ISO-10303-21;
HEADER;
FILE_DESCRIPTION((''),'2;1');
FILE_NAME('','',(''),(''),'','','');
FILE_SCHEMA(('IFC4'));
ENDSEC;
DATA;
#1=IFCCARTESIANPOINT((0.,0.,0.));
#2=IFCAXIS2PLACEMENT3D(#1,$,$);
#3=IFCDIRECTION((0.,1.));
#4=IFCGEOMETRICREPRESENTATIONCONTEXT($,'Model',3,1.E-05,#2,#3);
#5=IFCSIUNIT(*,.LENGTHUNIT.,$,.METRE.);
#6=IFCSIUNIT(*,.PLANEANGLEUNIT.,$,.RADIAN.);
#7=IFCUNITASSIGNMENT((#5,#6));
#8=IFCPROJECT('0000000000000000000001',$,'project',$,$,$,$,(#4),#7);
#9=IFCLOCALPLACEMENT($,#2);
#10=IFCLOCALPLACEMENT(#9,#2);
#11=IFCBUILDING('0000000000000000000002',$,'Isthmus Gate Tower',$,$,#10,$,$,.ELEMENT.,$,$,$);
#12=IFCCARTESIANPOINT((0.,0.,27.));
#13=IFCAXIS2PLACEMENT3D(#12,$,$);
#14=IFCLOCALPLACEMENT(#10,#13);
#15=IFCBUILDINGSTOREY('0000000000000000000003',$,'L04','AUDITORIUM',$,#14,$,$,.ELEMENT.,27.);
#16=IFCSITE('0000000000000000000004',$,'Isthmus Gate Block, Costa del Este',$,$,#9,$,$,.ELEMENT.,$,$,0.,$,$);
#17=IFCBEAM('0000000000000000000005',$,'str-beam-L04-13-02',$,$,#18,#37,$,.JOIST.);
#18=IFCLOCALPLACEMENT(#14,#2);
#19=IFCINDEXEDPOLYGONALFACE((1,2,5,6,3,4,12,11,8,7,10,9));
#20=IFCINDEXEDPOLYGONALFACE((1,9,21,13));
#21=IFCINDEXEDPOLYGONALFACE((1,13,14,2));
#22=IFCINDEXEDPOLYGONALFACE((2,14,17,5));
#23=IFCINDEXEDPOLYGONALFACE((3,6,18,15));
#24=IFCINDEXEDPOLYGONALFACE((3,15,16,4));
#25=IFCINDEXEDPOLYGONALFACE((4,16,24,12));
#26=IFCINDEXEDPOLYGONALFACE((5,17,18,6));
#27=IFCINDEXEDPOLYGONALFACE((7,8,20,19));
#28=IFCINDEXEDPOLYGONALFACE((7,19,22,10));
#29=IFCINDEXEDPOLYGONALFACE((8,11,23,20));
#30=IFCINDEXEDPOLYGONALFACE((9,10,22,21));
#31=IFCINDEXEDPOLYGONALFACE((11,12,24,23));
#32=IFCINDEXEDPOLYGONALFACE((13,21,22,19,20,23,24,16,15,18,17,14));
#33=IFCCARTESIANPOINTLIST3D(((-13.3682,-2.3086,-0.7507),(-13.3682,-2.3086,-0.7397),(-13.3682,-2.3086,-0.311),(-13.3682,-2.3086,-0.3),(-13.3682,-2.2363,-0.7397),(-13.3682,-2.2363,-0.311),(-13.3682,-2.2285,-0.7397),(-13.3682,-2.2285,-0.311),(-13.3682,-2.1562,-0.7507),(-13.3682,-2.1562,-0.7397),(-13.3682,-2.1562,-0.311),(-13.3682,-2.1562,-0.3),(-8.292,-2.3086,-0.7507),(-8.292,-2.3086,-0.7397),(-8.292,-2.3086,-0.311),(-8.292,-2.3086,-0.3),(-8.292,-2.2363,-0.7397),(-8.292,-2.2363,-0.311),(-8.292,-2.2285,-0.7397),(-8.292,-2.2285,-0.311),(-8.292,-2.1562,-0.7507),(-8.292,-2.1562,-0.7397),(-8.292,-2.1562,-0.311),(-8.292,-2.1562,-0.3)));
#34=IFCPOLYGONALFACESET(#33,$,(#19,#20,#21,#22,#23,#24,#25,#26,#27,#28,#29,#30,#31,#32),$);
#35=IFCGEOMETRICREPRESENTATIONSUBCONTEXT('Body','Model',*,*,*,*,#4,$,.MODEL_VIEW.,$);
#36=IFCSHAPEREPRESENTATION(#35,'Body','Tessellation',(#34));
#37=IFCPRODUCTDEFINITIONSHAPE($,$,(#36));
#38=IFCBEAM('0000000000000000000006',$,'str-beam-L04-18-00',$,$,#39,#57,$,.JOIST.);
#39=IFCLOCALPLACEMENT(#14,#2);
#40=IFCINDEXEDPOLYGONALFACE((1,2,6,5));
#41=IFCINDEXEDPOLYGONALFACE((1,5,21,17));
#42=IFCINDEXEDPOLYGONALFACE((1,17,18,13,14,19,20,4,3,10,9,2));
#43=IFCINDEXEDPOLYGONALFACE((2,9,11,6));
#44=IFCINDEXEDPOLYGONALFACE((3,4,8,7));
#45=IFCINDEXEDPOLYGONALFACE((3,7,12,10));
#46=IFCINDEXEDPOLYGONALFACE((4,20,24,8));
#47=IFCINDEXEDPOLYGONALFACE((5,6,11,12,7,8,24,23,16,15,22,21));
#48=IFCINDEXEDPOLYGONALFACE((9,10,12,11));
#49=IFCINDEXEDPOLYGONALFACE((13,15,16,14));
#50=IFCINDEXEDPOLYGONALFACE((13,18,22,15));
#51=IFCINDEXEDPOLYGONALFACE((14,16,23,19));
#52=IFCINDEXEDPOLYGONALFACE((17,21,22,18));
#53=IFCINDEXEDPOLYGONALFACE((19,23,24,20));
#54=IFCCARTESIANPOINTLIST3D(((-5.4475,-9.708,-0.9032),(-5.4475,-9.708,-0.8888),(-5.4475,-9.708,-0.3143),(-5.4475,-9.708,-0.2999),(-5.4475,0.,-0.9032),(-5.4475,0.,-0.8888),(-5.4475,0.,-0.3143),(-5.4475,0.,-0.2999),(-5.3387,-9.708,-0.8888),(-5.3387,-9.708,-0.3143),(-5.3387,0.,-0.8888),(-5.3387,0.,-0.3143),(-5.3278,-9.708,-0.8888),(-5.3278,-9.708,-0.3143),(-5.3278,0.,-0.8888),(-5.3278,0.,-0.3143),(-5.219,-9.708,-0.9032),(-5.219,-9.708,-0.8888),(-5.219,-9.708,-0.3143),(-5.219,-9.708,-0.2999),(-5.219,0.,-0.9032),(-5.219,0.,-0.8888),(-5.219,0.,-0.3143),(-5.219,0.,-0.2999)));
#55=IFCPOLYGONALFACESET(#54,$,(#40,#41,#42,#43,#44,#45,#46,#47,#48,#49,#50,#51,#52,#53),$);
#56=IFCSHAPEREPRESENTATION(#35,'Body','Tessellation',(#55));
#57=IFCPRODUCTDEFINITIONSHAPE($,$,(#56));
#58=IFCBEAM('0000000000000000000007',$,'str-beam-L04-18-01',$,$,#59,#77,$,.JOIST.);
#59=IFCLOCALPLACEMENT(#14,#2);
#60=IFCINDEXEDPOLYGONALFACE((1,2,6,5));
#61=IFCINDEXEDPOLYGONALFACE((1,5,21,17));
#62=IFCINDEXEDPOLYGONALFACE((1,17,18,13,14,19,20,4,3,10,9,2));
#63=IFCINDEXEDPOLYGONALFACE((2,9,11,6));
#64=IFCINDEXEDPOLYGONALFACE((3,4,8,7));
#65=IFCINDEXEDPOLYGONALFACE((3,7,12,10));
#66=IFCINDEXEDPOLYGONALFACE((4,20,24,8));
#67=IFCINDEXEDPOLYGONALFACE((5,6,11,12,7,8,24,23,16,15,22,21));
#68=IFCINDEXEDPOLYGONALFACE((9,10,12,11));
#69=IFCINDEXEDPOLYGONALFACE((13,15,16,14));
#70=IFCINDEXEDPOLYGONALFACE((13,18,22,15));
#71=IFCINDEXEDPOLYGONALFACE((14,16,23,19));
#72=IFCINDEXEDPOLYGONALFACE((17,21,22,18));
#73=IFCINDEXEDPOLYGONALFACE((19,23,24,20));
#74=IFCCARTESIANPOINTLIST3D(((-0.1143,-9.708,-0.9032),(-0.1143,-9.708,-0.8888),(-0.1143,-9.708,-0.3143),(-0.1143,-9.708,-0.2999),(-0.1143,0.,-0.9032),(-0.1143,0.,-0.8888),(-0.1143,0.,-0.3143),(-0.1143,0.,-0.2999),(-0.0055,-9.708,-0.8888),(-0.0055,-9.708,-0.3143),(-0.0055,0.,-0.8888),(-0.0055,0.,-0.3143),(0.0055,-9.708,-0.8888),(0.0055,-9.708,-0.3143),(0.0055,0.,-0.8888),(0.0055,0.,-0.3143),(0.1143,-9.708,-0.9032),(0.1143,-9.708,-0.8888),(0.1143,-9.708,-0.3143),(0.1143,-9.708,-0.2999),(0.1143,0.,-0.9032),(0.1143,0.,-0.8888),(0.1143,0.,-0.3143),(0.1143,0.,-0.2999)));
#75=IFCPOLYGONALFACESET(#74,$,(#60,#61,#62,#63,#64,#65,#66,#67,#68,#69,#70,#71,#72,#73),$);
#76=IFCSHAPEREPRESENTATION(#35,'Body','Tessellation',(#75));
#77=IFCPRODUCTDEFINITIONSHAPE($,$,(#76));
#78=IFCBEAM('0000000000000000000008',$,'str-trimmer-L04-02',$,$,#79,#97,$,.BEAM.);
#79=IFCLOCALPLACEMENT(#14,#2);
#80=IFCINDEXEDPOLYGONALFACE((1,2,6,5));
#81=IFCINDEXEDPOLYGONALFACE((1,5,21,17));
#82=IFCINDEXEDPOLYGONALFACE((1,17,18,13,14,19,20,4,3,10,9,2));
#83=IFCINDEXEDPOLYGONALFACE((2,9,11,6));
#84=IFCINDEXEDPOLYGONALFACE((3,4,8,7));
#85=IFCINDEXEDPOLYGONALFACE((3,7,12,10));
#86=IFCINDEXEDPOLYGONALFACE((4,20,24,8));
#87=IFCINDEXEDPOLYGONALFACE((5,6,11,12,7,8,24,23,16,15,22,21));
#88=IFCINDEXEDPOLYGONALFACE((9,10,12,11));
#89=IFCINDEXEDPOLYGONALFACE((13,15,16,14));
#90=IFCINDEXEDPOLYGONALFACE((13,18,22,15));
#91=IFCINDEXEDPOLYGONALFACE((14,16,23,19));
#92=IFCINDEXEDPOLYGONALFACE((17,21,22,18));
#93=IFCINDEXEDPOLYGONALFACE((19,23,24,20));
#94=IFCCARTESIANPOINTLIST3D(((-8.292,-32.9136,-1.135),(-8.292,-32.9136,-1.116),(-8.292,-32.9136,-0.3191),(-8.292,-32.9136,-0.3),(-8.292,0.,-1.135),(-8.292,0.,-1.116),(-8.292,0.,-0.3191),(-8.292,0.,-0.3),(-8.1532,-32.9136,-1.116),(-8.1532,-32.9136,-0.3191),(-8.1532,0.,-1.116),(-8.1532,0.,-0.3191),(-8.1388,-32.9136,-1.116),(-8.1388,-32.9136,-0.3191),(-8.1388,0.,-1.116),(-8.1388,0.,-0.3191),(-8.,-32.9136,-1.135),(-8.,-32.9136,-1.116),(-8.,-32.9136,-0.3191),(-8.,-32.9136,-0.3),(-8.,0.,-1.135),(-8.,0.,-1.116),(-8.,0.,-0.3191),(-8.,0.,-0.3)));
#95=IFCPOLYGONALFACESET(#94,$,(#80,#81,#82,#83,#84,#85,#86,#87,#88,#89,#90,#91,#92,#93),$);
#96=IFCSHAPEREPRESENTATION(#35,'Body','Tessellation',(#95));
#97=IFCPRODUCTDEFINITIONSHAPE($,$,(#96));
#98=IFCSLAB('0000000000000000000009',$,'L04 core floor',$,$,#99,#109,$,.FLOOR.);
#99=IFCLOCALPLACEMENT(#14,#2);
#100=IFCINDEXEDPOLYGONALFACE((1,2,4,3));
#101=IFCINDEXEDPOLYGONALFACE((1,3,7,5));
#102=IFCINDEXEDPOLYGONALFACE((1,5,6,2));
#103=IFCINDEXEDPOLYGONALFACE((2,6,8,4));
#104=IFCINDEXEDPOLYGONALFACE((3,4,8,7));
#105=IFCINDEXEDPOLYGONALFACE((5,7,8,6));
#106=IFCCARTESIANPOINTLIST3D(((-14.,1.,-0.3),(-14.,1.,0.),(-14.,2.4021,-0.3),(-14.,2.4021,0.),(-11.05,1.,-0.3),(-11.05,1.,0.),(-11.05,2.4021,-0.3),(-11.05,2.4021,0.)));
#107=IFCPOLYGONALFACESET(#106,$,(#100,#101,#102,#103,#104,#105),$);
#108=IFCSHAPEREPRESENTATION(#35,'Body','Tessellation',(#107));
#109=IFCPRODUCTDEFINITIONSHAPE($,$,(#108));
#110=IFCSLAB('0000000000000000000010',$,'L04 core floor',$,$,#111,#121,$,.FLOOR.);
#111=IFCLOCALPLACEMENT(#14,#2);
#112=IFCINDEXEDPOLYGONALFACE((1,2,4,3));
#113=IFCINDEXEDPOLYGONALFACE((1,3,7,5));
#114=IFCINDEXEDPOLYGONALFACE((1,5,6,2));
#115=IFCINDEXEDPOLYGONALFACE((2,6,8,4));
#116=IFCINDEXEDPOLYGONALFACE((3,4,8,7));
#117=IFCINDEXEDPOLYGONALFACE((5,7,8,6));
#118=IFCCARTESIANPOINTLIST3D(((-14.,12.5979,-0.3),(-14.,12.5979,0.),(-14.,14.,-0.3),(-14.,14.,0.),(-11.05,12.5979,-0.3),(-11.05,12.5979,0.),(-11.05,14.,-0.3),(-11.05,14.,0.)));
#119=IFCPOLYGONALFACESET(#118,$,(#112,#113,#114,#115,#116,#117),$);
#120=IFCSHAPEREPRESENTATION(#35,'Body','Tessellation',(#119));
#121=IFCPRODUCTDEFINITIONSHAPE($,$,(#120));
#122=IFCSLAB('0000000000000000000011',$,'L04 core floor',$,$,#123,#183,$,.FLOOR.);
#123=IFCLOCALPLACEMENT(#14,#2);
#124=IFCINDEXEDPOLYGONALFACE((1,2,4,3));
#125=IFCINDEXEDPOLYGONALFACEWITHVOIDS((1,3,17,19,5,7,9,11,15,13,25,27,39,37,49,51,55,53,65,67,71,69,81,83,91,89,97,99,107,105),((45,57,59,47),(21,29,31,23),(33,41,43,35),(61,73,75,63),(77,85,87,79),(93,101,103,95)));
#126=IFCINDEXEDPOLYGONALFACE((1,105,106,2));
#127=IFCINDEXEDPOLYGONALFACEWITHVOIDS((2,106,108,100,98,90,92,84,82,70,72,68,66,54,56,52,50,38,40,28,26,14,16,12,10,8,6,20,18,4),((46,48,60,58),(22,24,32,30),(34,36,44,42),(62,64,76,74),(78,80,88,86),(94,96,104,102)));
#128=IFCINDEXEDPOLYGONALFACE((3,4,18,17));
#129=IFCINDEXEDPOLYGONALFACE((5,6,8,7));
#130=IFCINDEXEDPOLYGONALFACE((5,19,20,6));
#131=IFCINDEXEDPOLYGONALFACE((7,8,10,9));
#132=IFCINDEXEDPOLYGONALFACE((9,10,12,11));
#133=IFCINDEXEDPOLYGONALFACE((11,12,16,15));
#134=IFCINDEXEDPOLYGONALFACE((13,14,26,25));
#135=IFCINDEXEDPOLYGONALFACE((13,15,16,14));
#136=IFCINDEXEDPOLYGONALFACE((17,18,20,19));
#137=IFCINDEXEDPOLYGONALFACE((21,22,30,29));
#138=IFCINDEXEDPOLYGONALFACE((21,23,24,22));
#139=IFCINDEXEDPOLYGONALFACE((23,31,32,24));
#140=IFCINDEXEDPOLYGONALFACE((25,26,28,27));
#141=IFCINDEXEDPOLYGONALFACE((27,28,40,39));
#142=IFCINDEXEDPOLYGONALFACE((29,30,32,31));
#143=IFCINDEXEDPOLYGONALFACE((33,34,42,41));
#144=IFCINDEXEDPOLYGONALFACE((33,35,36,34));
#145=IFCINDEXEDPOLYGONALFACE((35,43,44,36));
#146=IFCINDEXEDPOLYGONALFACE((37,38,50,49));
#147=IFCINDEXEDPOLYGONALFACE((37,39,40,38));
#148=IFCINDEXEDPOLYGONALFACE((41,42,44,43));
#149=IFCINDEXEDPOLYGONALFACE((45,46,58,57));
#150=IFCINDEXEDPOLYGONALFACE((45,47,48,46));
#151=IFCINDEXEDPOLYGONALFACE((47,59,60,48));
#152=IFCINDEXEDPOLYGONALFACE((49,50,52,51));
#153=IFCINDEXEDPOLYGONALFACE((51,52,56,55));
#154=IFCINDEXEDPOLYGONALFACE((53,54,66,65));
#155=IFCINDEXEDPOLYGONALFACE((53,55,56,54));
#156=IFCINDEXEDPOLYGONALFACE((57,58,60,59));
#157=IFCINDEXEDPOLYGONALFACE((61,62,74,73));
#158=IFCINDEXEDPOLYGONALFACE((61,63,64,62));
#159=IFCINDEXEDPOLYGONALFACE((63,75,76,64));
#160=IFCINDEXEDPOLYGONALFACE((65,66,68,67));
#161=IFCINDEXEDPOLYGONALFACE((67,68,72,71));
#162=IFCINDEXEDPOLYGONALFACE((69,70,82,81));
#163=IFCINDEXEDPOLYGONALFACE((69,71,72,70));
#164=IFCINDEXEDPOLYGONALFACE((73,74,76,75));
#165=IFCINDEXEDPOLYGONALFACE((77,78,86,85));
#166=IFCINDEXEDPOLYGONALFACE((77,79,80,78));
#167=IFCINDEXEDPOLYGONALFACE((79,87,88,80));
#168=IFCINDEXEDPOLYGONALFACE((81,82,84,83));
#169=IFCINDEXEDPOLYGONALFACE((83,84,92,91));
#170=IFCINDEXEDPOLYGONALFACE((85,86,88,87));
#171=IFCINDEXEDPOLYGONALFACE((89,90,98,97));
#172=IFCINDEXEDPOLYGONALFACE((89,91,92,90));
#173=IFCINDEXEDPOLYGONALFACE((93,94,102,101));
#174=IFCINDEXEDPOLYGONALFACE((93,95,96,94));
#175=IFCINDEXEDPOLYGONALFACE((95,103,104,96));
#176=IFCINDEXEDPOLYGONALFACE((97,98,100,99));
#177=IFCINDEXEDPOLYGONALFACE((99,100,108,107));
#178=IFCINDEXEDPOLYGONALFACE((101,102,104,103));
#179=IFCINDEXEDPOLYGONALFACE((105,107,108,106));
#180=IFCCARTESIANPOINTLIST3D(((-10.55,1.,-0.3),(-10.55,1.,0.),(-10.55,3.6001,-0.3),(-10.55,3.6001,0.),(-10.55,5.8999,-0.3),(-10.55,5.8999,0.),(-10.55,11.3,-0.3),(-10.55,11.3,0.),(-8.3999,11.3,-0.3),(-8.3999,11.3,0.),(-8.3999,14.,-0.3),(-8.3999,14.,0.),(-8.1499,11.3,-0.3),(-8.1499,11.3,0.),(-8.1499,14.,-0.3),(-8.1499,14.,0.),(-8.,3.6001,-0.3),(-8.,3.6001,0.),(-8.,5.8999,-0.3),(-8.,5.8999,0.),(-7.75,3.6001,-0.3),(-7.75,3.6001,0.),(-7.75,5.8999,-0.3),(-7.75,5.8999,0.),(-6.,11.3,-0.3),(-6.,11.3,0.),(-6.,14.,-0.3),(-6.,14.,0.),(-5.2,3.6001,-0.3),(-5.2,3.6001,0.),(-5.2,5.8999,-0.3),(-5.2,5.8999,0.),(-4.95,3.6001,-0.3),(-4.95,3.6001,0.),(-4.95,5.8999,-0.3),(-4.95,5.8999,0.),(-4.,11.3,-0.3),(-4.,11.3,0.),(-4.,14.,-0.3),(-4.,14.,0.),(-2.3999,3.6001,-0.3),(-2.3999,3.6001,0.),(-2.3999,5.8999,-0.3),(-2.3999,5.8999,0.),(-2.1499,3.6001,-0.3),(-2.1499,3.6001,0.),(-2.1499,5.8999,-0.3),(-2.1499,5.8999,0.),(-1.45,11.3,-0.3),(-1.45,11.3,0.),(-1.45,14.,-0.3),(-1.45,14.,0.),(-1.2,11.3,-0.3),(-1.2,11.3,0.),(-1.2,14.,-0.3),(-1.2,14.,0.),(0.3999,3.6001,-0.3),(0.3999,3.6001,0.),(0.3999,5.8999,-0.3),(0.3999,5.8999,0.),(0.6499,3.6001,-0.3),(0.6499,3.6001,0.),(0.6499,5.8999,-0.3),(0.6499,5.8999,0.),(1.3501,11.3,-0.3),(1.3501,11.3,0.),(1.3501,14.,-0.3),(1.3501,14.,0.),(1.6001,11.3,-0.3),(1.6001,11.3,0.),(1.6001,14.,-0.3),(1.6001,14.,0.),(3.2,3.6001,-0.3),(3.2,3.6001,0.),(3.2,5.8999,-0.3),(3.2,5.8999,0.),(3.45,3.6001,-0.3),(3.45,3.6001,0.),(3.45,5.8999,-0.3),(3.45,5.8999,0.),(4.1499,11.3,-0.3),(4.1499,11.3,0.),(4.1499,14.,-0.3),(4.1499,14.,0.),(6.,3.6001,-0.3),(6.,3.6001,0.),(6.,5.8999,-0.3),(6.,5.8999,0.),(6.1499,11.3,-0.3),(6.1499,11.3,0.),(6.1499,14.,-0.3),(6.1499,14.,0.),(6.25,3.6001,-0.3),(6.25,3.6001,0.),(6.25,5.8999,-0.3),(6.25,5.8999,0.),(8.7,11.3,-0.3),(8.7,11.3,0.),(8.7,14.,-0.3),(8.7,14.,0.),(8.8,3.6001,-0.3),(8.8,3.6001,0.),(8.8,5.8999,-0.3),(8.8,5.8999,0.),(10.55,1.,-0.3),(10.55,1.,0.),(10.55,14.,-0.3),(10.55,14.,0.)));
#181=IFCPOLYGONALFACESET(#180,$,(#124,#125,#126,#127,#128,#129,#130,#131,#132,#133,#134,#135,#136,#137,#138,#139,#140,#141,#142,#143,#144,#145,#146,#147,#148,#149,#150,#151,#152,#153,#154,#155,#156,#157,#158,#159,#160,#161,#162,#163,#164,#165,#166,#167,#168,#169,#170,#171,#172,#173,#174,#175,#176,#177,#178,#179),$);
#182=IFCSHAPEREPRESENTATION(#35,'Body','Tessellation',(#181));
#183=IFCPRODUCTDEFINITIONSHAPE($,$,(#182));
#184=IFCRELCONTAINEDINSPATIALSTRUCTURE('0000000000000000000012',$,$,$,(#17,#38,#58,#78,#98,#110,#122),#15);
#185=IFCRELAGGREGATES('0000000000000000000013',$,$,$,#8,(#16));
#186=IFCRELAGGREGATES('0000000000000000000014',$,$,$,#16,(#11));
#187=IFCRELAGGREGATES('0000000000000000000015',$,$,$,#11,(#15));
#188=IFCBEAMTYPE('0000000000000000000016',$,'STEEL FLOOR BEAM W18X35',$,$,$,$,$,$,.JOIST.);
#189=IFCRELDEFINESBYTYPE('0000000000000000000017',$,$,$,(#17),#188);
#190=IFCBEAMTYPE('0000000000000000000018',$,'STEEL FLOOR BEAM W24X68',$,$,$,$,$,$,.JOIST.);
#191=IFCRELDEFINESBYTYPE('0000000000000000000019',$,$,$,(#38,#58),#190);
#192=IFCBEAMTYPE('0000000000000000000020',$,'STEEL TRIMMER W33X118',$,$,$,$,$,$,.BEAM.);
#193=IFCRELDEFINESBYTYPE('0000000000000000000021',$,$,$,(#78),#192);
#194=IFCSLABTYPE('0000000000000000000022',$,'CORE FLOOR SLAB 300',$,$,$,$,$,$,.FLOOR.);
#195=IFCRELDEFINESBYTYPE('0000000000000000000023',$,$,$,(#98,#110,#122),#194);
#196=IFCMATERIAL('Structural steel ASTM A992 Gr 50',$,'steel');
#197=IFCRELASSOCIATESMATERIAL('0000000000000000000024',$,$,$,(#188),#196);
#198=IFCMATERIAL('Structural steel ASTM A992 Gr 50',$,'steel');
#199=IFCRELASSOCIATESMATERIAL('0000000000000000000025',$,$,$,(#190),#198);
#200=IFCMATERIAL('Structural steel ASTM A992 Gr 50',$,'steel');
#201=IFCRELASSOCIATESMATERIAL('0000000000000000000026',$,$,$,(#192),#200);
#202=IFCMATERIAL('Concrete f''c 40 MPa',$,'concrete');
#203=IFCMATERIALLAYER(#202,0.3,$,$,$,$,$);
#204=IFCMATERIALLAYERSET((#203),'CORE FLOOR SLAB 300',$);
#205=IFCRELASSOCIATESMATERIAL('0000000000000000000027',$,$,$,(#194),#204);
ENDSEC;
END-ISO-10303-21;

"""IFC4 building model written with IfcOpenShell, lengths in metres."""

from ifc_helpers import new_model, si_unit, direction, frame, origin, origin_2d, place, context, subcontext, project, spatial, polyline, i_section, outline, extrude, material, layer, layer_set, material_profile, profile_set, type_object, element, save


model = new_model("IFC4")

# Units and contexts
model_context = context("Model", 3, precision=1e-05, world=origin(), true_north=direction((0.0, 1.0)))
body_context = subcontext(model_context, "Body", "Model", "MODEL_VIEW")
ifc_project = project(units=[si_unit("LENGTHUNIT", "METRE"), si_unit("PLANEANGLEUNIT", "RADIAN")], contexts=[model_context])

# Site, building, storey
site_placement = place(None, origin())
site = spatial("IfcSite", under=ifc_project, at=site_placement, Name="Isthmus Gate Block, Costa del Este", CompositionType="ELEMENT", RefElevation=0.0)
building_placement = place(site_placement, origin())
building = spatial("IfcBuilding", under=site, at=building_placement, Name="Isthmus Gate Tower", CompositionType="ELEMENT")
storey_placement = place(building_placement, frame((0.0, 0.0, 27.0)))
storey = spatial("IfcBuildingStorey", under=building, at=storey_placement, Name="L04", Description="AUDITORIUM", CompositionType="ELEMENT", Elevation=27.0)

# Beams
ifc_material_1 = material(Name="Structural steel ASTM A992 Gr 50", Category="steel")
ifc_material_profile_1 = material_profile(ifc_material_1, i_section(OverallWidth=0.1523, OverallDepth=0.4507, WebThickness=0.0078, FlangeThickness=0.011, at=origin_2d()), Name="W18X35")
ifc_profile_set_1 = profile_set([ifc_material_profile_1], Name="Structural steel ASTM A992 Gr 50")
beam_type_1 = type_object("IfcBeamType", Name="STEEL FLOOR BEAM W18X35", PredefinedType="JOIST", material=ifc_profile_set_1)
beam_1_placement = place(storey_placement, frame((-13.3682, -2.2324, -0.5254), z_axis=(1.0, 0.0, 0.0), x_axis=(0.0, 1.0, 0.0)))
element("IfcBeam", 1, at=beam_1_placement, inside=storey, type_object=beam_type_1, Name="str-beam-L04-13-02", PredefinedType="JOIST", context=body_context, shape_type="SweptSolid", body=[
    extrude(i_section(OverallWidth=0.1523, OverallDepth=0.4507, WebThickness=0.0078, FlangeThickness=0.011, at=origin_2d()), origin(), (0.0, 0.0, 1.0), 5.0762),
])
ifc_material_2 = material(Name="Structural steel ASTM A992 Gr 50", Category="steel")
ifc_material_profile_2 = material_profile(ifc_material_2, i_section(OverallWidth=0.2285, OverallDepth=0.6033, WebThickness=0.011, FlangeThickness=0.0144, at=origin_2d()), Name="W24X68")
ifc_profile_set_2 = profile_set([ifc_material_profile_2], Name="Structural steel ASTM A992 Gr 50")
beam_type_2 = type_object("IfcBeamType", Name="STEEL FLOOR BEAM W24X68", PredefinedType="JOIST", material=ifc_profile_set_2)
for number, where, z_axis, x_axis, name in (
    (2, (-5.3333, -9.708, -0.6016), (0.0, 1.0, 0.0), (-1.0, 0.0, 0.0), "str-beam-L04-18-00"),
    (3, (0.0, -9.708, -0.6016), (0.0, 1.0, 0.0), (-1.0, 0.0, 0.0), "str-beam-L04-18-01"),
):
    element("IfcBeam", number, at=place(storey_placement, frame(where, z_axis=z_axis, x_axis=x_axis)), inside=storey, type_object=beam_type_2, Name=name, PredefinedType="JOIST", context=body_context, shape_type="SweptSolid", body=[
        extrude(i_section(OverallWidth=0.2285, OverallDepth=0.6033, WebThickness=0.011, FlangeThickness=0.0144, at=origin_2d()), origin(), (0.0, 0.0, 1.0), 9.708),
    ])
ifc_material_3 = material(Name="Structural steel ASTM A992 Gr 50", Category="steel")
ifc_material_profile_3 = material_profile(ifc_material_3, i_section(OverallWidth=0.292, OverallDepth=0.835, WebThickness=0.0144, FlangeThickness=0.019, at=origin_2d()), Name="W33X118")
ifc_profile_set_3 = profile_set([ifc_material_profile_3], Name="Structural steel ASTM A992 Gr 50")
beam_type_3 = type_object("IfcBeamType", Name="STEEL TRIMMER W33X118", PredefinedType="BEAM", material=ifc_profile_set_3)
beam_2_placement = place(storey_placement, frame((-8.146, 0.0, -0.7175), z_axis=(0.0, -1.0, 0.0), x_axis=(1.0, 0.0, 0.0)))
element("IfcBeam", 4, at=beam_2_placement, inside=storey, type_object=beam_type_3, Name="str-trimmer-L04-02", PredefinedType="BEAM", context=body_context, shape_type="SweptSolid", body=[
    extrude(i_section(OverallWidth=0.292, OverallDepth=0.835, WebThickness=0.0144, FlangeThickness=0.019, at=origin_2d()), origin(), (0.0, 0.0, 1.0), 32.9136),
])

# Slabs
ifc_material_4 = material(Name="Concrete f'c 40 MPa", Category="concrete")
ifc_layer_1 = layer(ifc_material_4, 0.3)
ifc_layer_set_1 = layer_set([ifc_layer_1], Name="CORE FLOOR SLAB 300")
slab_type_1 = type_object("IfcSlabType", Name="CORE FLOOR SLAB 300", PredefinedType="FLOOR", material=ifc_layer_set_1)
slab_1_placement = place(storey_placement, frame((0.0, 0.0, -0.3)))
element("IfcSlab", 5, at=slab_1_placement, inside=storey, type_object=slab_type_1, Name="L04 core floor", PredefinedType="FLOOR", context=body_context, shape_type="SweptSolid", body=[
    extrude(outline(polyline([(-11.05, 1.0), (-11.05, 2.4021), (-14.0, 2.4021), (-14.0, 1.0), (-11.05, 1.0)])), origin(), (0.0, 0.0, 1.0), 0.3),
])
slab_2_placement = place(storey_placement, frame((0.0, 0.0, -0.3)))
element("IfcSlab", 6, at=slab_2_placement, inside=storey, type_object=slab_type_1, Name="L04 core floor", PredefinedType="FLOOR", context=body_context, shape_type="SweptSolid", body=[
    extrude(outline(polyline([(-14.0, 14.0), (-14.0, 12.5979), (-11.05, 12.5979), (-11.05, 14.0), (-14.0, 14.0)])), origin(), (0.0, 0.0, 1.0), 0.3),
])
slab_3_placement = place(storey_placement, frame((0.0, 0.0, -0.3)))
element("IfcSlab", 7, at=slab_3_placement, inside=storey, type_object=slab_type_1, Name="L04 core floor", PredefinedType="FLOOR", context=body_context, shape_type="SweptSolid", body=[
    extrude(outline(polyline([(10.55, 14.0), (8.7, 14.0), (8.7, 11.3), (6.1499, 11.3), (6.1499, 14.0), (4.1499, 14.0), (4.1499, 11.3), (1.6001, 11.3), (1.6001, 14.0), (1.3501, 14.0), (1.3501, 11.3), (-1.2, 11.3), (-1.2, 14.0), (-1.45, 14.0), (-1.45, 11.3), (-4.0, 11.3), (-4.0, 14.0), (-6.0, 14.0), (-6.0, 11.3), (-8.1499, 11.3), (-8.1499, 14.0), (-8.3999, 14.0), (-8.3999, 11.3), (-10.55, 11.3), (-10.55, 5.8999), (-8.0, 5.8999), (-8.0, 3.6001), (-10.55, 3.6001), (-10.55, 1.0), (10.55, 1.0), (10.55, 14.0)]), holes=[polyline([(-5.2, 5.8999), (-5.2, 3.6001), (-7.75, 3.6001), (-7.75, 5.8999), (-5.2, 5.8999)]), polyline([(-2.3999, 5.8999), (-2.3999, 3.6001), (-4.95, 3.6001), (-4.95, 5.8999), (-2.3999, 5.8999)]), polyline([(0.3999, 5.8999), (0.3999, 3.6001), (-2.1499, 3.6001), (-2.1499, 5.8999), (0.3999, 5.8999)]), polyline([(3.2, 5.8999), (3.2, 3.6001), (0.6499, 3.6001), (0.6499, 5.8999), (3.2, 5.8999)]), polyline([(6.0, 5.8999), (6.0, 3.6001), (3.45, 3.6001), (3.45, 5.8999), (6.0, 5.8999)]), polyline([(8.8, 5.8999), (8.8, 3.6001), (6.25, 3.6001), (6.25, 5.8999), (8.8, 5.8999)])]), origin(), (0.0, 0.0, 1.0), 0.3),
])

save(model, "model.ifc")
